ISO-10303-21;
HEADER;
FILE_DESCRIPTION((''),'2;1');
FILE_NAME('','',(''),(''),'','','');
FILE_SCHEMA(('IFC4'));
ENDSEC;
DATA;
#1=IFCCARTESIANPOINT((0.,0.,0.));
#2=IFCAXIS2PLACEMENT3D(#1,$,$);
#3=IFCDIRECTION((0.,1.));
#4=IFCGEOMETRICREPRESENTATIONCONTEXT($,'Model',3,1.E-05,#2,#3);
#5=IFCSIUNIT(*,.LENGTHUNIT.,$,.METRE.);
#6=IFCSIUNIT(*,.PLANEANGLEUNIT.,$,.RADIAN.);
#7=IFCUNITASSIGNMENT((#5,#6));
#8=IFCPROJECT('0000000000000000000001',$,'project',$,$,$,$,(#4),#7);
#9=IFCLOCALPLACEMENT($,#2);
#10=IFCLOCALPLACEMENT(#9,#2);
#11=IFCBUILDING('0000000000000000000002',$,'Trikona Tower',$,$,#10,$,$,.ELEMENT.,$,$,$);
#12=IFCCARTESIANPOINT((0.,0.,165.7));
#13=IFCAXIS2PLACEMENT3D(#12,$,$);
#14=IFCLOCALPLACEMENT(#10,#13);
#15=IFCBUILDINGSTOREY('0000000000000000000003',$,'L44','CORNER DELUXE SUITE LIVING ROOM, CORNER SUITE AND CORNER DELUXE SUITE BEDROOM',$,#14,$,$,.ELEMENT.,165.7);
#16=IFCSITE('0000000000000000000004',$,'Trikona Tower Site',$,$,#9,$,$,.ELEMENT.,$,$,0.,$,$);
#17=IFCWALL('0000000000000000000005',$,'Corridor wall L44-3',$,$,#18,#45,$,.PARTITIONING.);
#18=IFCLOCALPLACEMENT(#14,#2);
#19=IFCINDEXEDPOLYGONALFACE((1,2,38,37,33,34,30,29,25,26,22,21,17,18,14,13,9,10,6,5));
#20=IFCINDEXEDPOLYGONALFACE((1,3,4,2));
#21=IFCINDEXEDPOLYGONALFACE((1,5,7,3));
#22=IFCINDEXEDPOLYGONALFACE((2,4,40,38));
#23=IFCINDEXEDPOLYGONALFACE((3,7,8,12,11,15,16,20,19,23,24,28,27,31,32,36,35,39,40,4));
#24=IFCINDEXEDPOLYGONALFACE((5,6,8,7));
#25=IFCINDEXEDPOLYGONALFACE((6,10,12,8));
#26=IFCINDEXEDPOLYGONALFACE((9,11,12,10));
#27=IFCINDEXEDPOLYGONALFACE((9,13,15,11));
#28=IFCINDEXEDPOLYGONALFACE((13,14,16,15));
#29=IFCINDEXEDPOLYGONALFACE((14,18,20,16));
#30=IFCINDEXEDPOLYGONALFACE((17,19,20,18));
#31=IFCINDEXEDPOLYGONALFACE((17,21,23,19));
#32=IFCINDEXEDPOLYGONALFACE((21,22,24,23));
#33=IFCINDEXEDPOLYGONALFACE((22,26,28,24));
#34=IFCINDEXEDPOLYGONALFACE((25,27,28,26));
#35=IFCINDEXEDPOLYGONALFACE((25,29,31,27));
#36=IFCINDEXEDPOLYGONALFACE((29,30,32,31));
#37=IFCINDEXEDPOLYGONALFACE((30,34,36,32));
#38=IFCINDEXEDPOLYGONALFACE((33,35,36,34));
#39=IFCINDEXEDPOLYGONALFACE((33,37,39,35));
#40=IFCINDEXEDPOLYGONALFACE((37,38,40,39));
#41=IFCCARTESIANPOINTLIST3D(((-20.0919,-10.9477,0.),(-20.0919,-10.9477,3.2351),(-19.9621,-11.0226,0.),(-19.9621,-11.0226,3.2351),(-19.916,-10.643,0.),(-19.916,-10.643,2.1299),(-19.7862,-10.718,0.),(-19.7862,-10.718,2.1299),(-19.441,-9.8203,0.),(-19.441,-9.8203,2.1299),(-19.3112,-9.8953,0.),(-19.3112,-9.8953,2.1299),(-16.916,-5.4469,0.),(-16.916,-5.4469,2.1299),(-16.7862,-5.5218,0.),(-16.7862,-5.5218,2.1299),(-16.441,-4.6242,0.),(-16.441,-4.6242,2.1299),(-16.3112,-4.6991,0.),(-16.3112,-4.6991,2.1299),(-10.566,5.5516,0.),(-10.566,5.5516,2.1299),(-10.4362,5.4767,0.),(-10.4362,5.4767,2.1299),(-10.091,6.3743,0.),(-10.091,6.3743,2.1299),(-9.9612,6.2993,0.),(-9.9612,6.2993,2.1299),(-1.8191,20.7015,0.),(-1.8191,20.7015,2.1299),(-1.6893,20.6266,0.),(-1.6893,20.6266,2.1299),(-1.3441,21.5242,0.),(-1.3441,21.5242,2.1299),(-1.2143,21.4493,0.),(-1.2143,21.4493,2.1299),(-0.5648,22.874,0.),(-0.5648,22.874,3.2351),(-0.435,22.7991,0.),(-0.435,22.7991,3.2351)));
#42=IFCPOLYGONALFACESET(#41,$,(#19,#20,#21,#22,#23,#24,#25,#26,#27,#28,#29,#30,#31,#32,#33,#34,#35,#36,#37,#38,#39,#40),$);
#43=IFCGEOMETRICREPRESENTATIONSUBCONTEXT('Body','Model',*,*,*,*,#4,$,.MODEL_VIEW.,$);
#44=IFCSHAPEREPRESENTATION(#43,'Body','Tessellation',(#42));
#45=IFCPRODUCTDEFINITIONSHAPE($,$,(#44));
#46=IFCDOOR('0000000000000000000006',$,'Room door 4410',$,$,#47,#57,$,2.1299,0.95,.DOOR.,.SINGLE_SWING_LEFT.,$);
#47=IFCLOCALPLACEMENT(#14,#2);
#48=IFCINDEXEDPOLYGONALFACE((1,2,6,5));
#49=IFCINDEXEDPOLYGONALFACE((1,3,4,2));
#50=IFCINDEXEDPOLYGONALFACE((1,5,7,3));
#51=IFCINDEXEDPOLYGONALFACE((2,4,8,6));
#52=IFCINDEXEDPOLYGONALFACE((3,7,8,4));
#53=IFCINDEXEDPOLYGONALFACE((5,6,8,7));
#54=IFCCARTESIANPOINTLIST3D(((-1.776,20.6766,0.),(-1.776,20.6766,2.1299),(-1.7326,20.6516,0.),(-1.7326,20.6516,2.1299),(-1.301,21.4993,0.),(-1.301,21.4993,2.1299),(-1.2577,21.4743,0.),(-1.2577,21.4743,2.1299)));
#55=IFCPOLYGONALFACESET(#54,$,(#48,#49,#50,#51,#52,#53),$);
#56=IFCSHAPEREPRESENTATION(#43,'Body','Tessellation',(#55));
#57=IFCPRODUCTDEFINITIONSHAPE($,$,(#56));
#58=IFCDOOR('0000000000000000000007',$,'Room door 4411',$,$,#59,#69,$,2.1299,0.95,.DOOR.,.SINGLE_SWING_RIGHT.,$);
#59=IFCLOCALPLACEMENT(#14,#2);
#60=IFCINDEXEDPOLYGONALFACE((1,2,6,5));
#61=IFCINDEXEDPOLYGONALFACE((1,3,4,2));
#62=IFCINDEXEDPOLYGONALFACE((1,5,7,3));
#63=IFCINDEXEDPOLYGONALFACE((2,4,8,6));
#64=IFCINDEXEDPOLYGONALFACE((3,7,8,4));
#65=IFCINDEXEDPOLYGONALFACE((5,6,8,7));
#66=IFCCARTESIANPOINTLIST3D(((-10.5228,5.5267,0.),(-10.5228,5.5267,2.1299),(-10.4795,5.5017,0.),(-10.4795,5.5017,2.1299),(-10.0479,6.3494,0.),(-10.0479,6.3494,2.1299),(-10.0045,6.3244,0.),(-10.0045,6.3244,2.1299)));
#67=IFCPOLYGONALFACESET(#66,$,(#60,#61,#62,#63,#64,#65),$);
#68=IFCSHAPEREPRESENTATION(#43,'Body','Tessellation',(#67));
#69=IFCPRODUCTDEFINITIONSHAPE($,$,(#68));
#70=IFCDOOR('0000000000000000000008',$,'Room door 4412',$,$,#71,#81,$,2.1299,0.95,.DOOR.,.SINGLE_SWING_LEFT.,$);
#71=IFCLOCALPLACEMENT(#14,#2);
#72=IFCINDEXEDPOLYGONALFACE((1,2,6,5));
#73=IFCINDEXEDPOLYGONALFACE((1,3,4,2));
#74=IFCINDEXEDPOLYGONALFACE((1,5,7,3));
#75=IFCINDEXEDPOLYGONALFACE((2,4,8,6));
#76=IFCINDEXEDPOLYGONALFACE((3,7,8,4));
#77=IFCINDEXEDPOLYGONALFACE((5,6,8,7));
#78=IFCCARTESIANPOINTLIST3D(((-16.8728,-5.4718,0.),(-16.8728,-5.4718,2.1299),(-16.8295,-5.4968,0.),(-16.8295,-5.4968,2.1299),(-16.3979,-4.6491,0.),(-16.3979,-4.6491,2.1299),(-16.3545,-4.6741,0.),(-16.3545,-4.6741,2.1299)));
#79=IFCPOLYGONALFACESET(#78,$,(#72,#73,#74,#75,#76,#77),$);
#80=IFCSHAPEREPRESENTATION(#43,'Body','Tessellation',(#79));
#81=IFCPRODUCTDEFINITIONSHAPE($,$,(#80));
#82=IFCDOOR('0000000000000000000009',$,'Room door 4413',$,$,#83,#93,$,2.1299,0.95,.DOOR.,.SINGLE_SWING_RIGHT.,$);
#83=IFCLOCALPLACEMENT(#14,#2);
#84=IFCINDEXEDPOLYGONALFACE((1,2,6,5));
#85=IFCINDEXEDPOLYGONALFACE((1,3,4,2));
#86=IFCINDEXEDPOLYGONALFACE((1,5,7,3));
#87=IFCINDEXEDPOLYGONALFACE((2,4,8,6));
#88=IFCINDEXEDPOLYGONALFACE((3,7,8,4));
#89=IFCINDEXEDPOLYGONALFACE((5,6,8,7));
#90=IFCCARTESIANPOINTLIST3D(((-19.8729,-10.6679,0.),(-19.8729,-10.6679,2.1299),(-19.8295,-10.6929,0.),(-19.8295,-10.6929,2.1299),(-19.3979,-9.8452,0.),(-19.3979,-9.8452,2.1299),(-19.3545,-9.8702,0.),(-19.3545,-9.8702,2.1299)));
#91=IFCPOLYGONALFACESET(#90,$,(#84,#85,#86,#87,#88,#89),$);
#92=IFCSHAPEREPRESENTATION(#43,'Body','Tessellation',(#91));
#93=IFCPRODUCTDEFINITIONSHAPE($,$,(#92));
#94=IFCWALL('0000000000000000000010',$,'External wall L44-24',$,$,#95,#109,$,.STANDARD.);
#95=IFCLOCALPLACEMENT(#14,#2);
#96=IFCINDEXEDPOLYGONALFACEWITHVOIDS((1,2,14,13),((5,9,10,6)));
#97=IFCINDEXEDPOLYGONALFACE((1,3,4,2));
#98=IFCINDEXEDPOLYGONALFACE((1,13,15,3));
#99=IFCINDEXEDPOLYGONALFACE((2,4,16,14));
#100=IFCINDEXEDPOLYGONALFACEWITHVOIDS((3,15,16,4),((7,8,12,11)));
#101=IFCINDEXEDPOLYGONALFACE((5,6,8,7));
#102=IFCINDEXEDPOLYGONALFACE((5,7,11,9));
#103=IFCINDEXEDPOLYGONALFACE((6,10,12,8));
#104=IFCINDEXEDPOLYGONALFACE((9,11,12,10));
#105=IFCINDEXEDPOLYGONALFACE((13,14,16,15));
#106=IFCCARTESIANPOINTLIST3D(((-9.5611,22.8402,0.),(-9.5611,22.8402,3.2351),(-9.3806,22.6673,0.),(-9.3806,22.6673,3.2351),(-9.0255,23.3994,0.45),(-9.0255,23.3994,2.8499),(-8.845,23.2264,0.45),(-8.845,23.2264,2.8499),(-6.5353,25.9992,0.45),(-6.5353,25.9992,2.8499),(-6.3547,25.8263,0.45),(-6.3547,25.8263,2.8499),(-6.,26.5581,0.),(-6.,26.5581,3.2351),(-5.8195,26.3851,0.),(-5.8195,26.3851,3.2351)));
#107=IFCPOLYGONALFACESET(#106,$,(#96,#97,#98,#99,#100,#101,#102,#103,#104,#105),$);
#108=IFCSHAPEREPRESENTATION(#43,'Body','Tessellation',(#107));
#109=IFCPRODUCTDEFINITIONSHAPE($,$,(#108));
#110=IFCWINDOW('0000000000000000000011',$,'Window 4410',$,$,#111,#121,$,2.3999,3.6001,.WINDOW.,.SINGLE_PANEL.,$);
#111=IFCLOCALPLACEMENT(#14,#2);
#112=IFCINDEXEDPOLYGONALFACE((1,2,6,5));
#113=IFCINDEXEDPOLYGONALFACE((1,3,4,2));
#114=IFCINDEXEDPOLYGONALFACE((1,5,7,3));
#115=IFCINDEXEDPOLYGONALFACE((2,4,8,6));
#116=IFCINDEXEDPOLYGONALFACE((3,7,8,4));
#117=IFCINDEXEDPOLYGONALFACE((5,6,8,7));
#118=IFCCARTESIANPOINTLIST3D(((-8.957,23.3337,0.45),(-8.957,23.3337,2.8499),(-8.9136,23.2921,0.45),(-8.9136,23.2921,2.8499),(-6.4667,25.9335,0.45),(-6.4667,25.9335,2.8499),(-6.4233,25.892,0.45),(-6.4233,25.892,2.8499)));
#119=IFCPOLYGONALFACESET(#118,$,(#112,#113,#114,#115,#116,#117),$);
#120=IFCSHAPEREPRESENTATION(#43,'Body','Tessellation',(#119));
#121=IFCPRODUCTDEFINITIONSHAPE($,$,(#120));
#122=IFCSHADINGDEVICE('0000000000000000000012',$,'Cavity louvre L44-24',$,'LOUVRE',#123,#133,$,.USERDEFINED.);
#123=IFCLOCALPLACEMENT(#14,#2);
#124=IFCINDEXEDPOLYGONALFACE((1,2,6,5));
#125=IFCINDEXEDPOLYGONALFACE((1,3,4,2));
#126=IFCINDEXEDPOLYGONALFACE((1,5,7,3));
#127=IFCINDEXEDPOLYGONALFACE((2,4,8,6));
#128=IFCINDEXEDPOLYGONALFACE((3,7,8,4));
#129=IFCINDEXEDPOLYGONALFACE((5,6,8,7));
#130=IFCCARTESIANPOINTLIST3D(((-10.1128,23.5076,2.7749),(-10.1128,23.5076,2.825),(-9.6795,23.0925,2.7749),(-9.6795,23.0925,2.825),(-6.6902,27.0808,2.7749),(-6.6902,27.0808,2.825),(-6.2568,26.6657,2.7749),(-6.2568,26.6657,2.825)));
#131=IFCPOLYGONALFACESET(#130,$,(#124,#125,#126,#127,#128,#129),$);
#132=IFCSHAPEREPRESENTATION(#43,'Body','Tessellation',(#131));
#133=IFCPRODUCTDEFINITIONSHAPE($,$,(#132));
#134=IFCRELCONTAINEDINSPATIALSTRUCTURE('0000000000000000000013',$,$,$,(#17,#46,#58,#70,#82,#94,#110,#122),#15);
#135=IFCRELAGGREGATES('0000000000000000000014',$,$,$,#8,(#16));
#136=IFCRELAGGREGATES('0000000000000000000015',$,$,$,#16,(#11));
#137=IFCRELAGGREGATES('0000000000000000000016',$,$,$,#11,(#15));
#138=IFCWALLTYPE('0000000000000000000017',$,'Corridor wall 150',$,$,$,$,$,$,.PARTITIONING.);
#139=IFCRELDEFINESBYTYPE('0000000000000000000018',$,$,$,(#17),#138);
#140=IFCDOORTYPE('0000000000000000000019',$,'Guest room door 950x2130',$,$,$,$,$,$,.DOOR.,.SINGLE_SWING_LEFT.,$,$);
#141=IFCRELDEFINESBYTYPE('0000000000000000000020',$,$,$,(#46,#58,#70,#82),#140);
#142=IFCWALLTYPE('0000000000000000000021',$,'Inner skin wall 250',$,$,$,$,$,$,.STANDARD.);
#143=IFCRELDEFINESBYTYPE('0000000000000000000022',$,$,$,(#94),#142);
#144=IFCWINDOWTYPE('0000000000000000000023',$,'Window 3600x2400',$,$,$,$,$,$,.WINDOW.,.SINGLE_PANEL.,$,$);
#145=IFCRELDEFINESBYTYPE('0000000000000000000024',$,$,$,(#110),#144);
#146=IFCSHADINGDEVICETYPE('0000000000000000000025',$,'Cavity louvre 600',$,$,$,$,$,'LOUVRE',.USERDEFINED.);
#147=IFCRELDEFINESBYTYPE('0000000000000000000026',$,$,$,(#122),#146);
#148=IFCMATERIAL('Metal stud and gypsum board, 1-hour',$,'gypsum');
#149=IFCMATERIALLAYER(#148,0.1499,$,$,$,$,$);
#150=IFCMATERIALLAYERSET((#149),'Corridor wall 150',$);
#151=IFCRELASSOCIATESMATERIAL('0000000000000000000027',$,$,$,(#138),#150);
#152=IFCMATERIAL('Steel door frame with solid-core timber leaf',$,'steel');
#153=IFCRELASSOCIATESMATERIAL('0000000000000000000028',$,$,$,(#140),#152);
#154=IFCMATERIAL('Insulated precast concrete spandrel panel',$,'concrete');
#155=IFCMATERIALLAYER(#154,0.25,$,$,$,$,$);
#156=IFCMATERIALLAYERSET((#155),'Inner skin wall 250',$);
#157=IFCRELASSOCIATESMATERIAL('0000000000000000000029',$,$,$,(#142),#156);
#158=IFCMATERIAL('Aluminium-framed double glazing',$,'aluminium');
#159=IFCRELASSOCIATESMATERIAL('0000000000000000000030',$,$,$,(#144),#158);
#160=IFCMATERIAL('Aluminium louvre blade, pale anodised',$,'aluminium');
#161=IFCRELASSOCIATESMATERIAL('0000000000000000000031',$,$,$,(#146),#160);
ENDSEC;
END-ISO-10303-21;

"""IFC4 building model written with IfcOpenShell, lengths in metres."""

from ifc_helpers import new_model, si_unit, direction, frame, frame_2d, origin, origin_2d, place, context, subcontext, project, spatial, rectangle, extrude, material, layer, layer_set, type_object, element, fill, save


model = new_model("IFC4")

# Units and contexts
model_context = context("Model", 3, precision=1e-05, world=origin(), true_north=direction((0.0, 1.0)))
body_context = subcontext(model_context, "Body", "Model", "MODEL_VIEW")
ifc_project = project(units=[si_unit("LENGTHUNIT", "METRE"), si_unit("PLANEANGLEUNIT", "RADIAN")], contexts=[model_context])

# Site, building, storey
site_placement = place(None, origin())
site = spatial("IfcSite", under=ifc_project, at=site_placement, Name="Trikona Tower Site", CompositionType="ELEMENT", RefElevation=0.0)
building_placement = place(site_placement, origin())
building = spatial("IfcBuilding", under=site, at=building_placement, Name="Trikona Tower", CompositionType="ELEMENT")
storey_placement = place(building_placement, frame((0.0, 0.0, 165.7)))
storey = spatial("IfcBuildingStorey", under=building, at=storey_placement, Name="L44", Description="CORNER DELUXE SUITE LIVING ROOM, CORNER SUITE AND CORNER DELUXE SUITE BEDROOM", CompositionType="ELEMENT", Elevation=165.7)

# Wall, openings, doors
ifc_material_1 = material(Name="Metal stud and gypsum board, 1-hour", Category="gypsum")
ifc_layer_1 = layer(ifc_material_1, 0.1499)
ifc_layer_set_1 = layer_set([ifc_layer_1], Name="Corridor wall 150")
wall_type_1 = type_object("IfcWallType", Name="Corridor wall 150", PredefinedType="PARTITIONING", material=ifc_layer_set_1)
wall_1_placement = place(storey_placement, frame((-0.5, 22.8364, 0.0), z_axis=(0.0, 0.0, 1.0), x_axis=(-0.500002, -0.866024, 0.0)))
wall_1 = element("IfcWall", 1, at=wall_1_placement, inside=storey, type_object=wall_type_1, Name="Corridor wall L44-3", PredefinedType="PARTITIONING", context=body_context, shape_type="SweptSolid", body=[
    extrude(rectangle(XDim=39.054, YDim=0.1499, at=frame_2d((19.5269, 0.0))), origin(), (0.0, 0.0, 1.0), 3.2351),
])
opening_1_placement = place(wall_1_placement, frame((1.5583, 0.0, 0.0)))
opening_1 = element("IfcOpeningElement", 2, at=opening_1_placement, cuts=wall_1, PredefinedType="OPENING", context=body_context, shape_type="SweptSolid", body=[
    extrude(rectangle(XDim=0.95, YDim=2.1299, at=frame_2d((0.4751, 1.0649))), frame((0.0, 0.085, 0.0), z_axis=(0.0, -1.0, 0.0), x_axis=(1.0, 0.0, 0.0)), (0.0, 0.0, 1.0), 0.1699),
])
opening_2_placement = place(wall_1_placement, frame((19.052, 0.0, 0.0)))
opening_2 = element("IfcOpeningElement", 3, at=opening_2_placement, cuts=wall_1, PredefinedType="OPENING", context=body_context, shape_type="SweptSolid", body=[
    extrude(rectangle(XDim=0.95, YDim=2.1299, at=frame_2d((0.4751, 1.0649))), frame((0.0, 0.085, 0.0), z_axis=(0.0, -1.0, 0.0), x_axis=(1.0, 0.0, 0.0)), (0.0, 0.0, 1.0), 0.1699),
])
opening_3_placement = place(wall_1_placement, frame((31.752, 0.0, 0.0)))
opening_3 = element("IfcOpeningElement", 4, at=opening_3_placement, cuts=wall_1, PredefinedType="OPENING", context=body_context, shape_type="SweptSolid", body=[
    extrude(rectangle(XDim=0.95, YDim=2.1299, at=frame_2d((0.4751, 1.0649))), frame((0.0, 0.085, 0.0), z_axis=(0.0, -1.0, 0.0), x_axis=(1.0, 0.0, 0.0)), (0.0, 0.0, 1.0), 0.1699),
])
opening_4_placement = place(wall_1_placement, frame((37.752, 0.0, 0.0)))
opening_4 = element("IfcOpeningElement", 5, at=opening_4_placement, cuts=wall_1, PredefinedType="OPENING", context=body_context, shape_type="SweptSolid", body=[
    extrude(rectangle(XDim=0.95, YDim=2.1299, at=frame_2d((0.4751, 1.0649))), frame((0.0, 0.085, 0.0), z_axis=(0.0, -1.0, 0.0), x_axis=(1.0, 0.0, 0.0)), (0.0, 0.0, 1.0), 0.1699),
])
ifc_material_2 = material(Name="Steel door frame with solid-core timber leaf", Category="steel")
door_type = type_object("IfcDoorType", Name="Guest room door 950x2130", OperationType="SINGLE_SWING_LEFT", PredefinedType="DOOR", material=ifc_material_2)
door_1_placement = place(opening_1_placement, origin())
door_1 = element("IfcDoor", 6, at=door_1_placement, inside=storey, type_object=door_type, Name="Room door 4410", OperationType="SINGLE_SWING_LEFT", OverallHeight=2.1299, OverallWidth=0.95, PredefinedType="DOOR", context=body_context, shape_type="SweptSolid", body=[
    extrude(rectangle(XDim=0.95, YDim=2.1299, at=frame_2d((0.4751, 1.0649))), frame((0.0, 0.0249, 0.0), z_axis=(0.0, -1.0, 0.0), x_axis=(1.0, 0.0, 0.0)), (0.0, 0.0, 1.0), 0.05),
])
fill(opening_1, door_1)
door_2_placement = place(opening_2_placement, origin())
door_2 = element("IfcDoor", 7, at=door_2_placement, inside=storey, type_object=door_type, Name="Room door 4411", OperationType="SINGLE_SWING_RIGHT", OverallHeight=2.1299, OverallWidth=0.95, PredefinedType="DOOR", context=body_context, shape_type="SweptSolid", body=[
    extrude(rectangle(XDim=0.95, YDim=2.1299, at=frame_2d((0.4751, 1.0649))), frame((0.0, 0.0249, 0.0), z_axis=(0.0, -1.0, 0.0), x_axis=(1.0, 0.0, 0.0)), (0.0, 0.0, 1.0), 0.05),
])
fill(opening_2, door_2)
door_3_placement = place(opening_3_placement, origin())
door_3 = element("IfcDoor", 8, at=door_3_placement, inside=storey, type_object=door_type, Name="Room door 4412", OperationType="SINGLE_SWING_LEFT", OverallHeight=2.1299, OverallWidth=0.95, PredefinedType="DOOR", context=body_context, shape_type="SweptSolid", body=[
    extrude(rectangle(XDim=0.95, YDim=2.1299, at=frame_2d((0.4751, 1.0649))), frame((0.0, 0.0249, 0.0), z_axis=(0.0, -1.0, 0.0), x_axis=(1.0, 0.0, 0.0)), (0.0, 0.0, 1.0), 0.05),
])
fill(opening_3, door_3)
door_4_placement = place(opening_4_placement, origin())
door_4 = element("IfcDoor", 9, at=door_4_placement, inside=storey, type_object=door_type, Name="Room door 4413", OperationType="SINGLE_SWING_RIGHT", OverallHeight=2.1299, OverallWidth=0.95, PredefinedType="DOOR", context=body_context, shape_type="SweptSolid", body=[
    extrude(rectangle(XDim=0.95, YDim=2.1299, at=frame_2d((0.4751, 1.0649))), frame((0.0, 0.0249, 0.0), z_axis=(0.0, -1.0, 0.0), x_axis=(1.0, 0.0, 0.0)), (0.0, 0.0, 1.0), 0.05),
])
fill(opening_4, door_4)

# Wall, opening, window
ifc_material_3 = material(Name="Insulated precast concrete spandrel panel", Category="concrete")
ifc_layer_2 = layer(ifc_material_3, 0.25)
ifc_layer_set_2 = layer_set([ifc_layer_2], Name="Inner skin wall 250")
wall_type_2 = type_object("IfcWallType", Name="Inner skin wall 250", PredefinedType="STANDARD", material=ifc_layer_set_2)
wall_2_placement = place(storey_placement, frame((-5.9097, 26.4717, 0.0), z_axis=(0.0, 0.0, 1.0), x_axis=(-0.69172, -0.722166, 0.0)))
wall_2 = element("IfcWall", 10, at=wall_2_placement, inside=storey, type_object=wall_type_2, Name="External wall L44-24", PredefinedType="STANDARD", context=body_context, shape_type="SweptSolid", body=[
    extrude(rectangle(XDim=5.1482, YDim=0.25, at=frame_2d((2.5742, 0.0))), origin(), (0.0, 0.0, 1.0), 3.2351),
])
opening_5_placement = place(wall_2_placement, frame((0.7739, 0.0, 0.45)))
opening_5 = element("IfcOpeningElement", 11, at=opening_5_placement, cuts=wall_2, PredefinedType="OPENING", context=body_context, shape_type="SweptSolid", body=[
    extrude(rectangle(XDim=3.6001, YDim=2.3999, at=frame_2d((1.8, 1.2))), frame((0.0, 0.135, 0.0), z_axis=(0.0, -1.0, 0.0), x_axis=(1.0, 0.0, 0.0)), (0.0, 0.0, 1.0), 0.27),
])
ifc_material_4 = material(Name="Aluminium-framed double glazing", Category="aluminium")
window_type_1 = type_object("IfcWindowType", Name="Window 3600x2400", PartitioningType="SINGLE_PANEL", PredefinedType="WINDOW", material=ifc_material_4)
window_1_placement = place(opening_5_placement, origin())
window_1 = element("IfcWindow", 12, at=window_1_placement, inside=storey, type_object=window_type_1, Name="Window 4410", OverallHeight=2.3999, OverallWidth=3.6001, PartitioningType="SINGLE_PANEL", PredefinedType="WINDOW", context=body_context, shape_type="SweptSolid", body=[
    extrude(rectangle(XDim=3.6001, YDim=2.3999, at=frame_2d((1.8, 1.2))), frame((0.0, 0.03, 0.0), z_axis=(0.0, -1.0, 0.0), x_axis=(1.0, 0.0, 0.0)), (0.0, 0.0, 1.0), 0.0601),
])
fill(opening_5, window_1)

# Shading device
ifc_material_5 = material(Name="Aluminium louvre blade, pale anodised", Category="aluminium")
shading_device_type = type_object("IfcShadingDeviceType", Name="Cavity louvre 600", ElementType="LOUVRE", PredefinedType="USERDEFINED", material=ifc_material_5)
shading_device_placement = place(storey_placement, frame((-8.1848, 25.0867, 2.7749), z_axis=(0.0, 0.0, 1.0), x_axis=(-0.691724, -0.722162, 0.0)))
element("IfcShadingDevice", 13, at=shading_device_placement, inside=storey, type_object=shading_device_type, Name="Cavity louvre L44-24", ObjectType="LOUVRE", PredefinedType="USERDEFINED", context=body_context, shape_type="SweptSolid", body=[
    extrude(rectangle(XDim=4.948, YDim=0.6001, at=origin_2d()), origin(), (0.0, 0.0, 1.0), 0.05),
])

save(model, "model.ifc")
